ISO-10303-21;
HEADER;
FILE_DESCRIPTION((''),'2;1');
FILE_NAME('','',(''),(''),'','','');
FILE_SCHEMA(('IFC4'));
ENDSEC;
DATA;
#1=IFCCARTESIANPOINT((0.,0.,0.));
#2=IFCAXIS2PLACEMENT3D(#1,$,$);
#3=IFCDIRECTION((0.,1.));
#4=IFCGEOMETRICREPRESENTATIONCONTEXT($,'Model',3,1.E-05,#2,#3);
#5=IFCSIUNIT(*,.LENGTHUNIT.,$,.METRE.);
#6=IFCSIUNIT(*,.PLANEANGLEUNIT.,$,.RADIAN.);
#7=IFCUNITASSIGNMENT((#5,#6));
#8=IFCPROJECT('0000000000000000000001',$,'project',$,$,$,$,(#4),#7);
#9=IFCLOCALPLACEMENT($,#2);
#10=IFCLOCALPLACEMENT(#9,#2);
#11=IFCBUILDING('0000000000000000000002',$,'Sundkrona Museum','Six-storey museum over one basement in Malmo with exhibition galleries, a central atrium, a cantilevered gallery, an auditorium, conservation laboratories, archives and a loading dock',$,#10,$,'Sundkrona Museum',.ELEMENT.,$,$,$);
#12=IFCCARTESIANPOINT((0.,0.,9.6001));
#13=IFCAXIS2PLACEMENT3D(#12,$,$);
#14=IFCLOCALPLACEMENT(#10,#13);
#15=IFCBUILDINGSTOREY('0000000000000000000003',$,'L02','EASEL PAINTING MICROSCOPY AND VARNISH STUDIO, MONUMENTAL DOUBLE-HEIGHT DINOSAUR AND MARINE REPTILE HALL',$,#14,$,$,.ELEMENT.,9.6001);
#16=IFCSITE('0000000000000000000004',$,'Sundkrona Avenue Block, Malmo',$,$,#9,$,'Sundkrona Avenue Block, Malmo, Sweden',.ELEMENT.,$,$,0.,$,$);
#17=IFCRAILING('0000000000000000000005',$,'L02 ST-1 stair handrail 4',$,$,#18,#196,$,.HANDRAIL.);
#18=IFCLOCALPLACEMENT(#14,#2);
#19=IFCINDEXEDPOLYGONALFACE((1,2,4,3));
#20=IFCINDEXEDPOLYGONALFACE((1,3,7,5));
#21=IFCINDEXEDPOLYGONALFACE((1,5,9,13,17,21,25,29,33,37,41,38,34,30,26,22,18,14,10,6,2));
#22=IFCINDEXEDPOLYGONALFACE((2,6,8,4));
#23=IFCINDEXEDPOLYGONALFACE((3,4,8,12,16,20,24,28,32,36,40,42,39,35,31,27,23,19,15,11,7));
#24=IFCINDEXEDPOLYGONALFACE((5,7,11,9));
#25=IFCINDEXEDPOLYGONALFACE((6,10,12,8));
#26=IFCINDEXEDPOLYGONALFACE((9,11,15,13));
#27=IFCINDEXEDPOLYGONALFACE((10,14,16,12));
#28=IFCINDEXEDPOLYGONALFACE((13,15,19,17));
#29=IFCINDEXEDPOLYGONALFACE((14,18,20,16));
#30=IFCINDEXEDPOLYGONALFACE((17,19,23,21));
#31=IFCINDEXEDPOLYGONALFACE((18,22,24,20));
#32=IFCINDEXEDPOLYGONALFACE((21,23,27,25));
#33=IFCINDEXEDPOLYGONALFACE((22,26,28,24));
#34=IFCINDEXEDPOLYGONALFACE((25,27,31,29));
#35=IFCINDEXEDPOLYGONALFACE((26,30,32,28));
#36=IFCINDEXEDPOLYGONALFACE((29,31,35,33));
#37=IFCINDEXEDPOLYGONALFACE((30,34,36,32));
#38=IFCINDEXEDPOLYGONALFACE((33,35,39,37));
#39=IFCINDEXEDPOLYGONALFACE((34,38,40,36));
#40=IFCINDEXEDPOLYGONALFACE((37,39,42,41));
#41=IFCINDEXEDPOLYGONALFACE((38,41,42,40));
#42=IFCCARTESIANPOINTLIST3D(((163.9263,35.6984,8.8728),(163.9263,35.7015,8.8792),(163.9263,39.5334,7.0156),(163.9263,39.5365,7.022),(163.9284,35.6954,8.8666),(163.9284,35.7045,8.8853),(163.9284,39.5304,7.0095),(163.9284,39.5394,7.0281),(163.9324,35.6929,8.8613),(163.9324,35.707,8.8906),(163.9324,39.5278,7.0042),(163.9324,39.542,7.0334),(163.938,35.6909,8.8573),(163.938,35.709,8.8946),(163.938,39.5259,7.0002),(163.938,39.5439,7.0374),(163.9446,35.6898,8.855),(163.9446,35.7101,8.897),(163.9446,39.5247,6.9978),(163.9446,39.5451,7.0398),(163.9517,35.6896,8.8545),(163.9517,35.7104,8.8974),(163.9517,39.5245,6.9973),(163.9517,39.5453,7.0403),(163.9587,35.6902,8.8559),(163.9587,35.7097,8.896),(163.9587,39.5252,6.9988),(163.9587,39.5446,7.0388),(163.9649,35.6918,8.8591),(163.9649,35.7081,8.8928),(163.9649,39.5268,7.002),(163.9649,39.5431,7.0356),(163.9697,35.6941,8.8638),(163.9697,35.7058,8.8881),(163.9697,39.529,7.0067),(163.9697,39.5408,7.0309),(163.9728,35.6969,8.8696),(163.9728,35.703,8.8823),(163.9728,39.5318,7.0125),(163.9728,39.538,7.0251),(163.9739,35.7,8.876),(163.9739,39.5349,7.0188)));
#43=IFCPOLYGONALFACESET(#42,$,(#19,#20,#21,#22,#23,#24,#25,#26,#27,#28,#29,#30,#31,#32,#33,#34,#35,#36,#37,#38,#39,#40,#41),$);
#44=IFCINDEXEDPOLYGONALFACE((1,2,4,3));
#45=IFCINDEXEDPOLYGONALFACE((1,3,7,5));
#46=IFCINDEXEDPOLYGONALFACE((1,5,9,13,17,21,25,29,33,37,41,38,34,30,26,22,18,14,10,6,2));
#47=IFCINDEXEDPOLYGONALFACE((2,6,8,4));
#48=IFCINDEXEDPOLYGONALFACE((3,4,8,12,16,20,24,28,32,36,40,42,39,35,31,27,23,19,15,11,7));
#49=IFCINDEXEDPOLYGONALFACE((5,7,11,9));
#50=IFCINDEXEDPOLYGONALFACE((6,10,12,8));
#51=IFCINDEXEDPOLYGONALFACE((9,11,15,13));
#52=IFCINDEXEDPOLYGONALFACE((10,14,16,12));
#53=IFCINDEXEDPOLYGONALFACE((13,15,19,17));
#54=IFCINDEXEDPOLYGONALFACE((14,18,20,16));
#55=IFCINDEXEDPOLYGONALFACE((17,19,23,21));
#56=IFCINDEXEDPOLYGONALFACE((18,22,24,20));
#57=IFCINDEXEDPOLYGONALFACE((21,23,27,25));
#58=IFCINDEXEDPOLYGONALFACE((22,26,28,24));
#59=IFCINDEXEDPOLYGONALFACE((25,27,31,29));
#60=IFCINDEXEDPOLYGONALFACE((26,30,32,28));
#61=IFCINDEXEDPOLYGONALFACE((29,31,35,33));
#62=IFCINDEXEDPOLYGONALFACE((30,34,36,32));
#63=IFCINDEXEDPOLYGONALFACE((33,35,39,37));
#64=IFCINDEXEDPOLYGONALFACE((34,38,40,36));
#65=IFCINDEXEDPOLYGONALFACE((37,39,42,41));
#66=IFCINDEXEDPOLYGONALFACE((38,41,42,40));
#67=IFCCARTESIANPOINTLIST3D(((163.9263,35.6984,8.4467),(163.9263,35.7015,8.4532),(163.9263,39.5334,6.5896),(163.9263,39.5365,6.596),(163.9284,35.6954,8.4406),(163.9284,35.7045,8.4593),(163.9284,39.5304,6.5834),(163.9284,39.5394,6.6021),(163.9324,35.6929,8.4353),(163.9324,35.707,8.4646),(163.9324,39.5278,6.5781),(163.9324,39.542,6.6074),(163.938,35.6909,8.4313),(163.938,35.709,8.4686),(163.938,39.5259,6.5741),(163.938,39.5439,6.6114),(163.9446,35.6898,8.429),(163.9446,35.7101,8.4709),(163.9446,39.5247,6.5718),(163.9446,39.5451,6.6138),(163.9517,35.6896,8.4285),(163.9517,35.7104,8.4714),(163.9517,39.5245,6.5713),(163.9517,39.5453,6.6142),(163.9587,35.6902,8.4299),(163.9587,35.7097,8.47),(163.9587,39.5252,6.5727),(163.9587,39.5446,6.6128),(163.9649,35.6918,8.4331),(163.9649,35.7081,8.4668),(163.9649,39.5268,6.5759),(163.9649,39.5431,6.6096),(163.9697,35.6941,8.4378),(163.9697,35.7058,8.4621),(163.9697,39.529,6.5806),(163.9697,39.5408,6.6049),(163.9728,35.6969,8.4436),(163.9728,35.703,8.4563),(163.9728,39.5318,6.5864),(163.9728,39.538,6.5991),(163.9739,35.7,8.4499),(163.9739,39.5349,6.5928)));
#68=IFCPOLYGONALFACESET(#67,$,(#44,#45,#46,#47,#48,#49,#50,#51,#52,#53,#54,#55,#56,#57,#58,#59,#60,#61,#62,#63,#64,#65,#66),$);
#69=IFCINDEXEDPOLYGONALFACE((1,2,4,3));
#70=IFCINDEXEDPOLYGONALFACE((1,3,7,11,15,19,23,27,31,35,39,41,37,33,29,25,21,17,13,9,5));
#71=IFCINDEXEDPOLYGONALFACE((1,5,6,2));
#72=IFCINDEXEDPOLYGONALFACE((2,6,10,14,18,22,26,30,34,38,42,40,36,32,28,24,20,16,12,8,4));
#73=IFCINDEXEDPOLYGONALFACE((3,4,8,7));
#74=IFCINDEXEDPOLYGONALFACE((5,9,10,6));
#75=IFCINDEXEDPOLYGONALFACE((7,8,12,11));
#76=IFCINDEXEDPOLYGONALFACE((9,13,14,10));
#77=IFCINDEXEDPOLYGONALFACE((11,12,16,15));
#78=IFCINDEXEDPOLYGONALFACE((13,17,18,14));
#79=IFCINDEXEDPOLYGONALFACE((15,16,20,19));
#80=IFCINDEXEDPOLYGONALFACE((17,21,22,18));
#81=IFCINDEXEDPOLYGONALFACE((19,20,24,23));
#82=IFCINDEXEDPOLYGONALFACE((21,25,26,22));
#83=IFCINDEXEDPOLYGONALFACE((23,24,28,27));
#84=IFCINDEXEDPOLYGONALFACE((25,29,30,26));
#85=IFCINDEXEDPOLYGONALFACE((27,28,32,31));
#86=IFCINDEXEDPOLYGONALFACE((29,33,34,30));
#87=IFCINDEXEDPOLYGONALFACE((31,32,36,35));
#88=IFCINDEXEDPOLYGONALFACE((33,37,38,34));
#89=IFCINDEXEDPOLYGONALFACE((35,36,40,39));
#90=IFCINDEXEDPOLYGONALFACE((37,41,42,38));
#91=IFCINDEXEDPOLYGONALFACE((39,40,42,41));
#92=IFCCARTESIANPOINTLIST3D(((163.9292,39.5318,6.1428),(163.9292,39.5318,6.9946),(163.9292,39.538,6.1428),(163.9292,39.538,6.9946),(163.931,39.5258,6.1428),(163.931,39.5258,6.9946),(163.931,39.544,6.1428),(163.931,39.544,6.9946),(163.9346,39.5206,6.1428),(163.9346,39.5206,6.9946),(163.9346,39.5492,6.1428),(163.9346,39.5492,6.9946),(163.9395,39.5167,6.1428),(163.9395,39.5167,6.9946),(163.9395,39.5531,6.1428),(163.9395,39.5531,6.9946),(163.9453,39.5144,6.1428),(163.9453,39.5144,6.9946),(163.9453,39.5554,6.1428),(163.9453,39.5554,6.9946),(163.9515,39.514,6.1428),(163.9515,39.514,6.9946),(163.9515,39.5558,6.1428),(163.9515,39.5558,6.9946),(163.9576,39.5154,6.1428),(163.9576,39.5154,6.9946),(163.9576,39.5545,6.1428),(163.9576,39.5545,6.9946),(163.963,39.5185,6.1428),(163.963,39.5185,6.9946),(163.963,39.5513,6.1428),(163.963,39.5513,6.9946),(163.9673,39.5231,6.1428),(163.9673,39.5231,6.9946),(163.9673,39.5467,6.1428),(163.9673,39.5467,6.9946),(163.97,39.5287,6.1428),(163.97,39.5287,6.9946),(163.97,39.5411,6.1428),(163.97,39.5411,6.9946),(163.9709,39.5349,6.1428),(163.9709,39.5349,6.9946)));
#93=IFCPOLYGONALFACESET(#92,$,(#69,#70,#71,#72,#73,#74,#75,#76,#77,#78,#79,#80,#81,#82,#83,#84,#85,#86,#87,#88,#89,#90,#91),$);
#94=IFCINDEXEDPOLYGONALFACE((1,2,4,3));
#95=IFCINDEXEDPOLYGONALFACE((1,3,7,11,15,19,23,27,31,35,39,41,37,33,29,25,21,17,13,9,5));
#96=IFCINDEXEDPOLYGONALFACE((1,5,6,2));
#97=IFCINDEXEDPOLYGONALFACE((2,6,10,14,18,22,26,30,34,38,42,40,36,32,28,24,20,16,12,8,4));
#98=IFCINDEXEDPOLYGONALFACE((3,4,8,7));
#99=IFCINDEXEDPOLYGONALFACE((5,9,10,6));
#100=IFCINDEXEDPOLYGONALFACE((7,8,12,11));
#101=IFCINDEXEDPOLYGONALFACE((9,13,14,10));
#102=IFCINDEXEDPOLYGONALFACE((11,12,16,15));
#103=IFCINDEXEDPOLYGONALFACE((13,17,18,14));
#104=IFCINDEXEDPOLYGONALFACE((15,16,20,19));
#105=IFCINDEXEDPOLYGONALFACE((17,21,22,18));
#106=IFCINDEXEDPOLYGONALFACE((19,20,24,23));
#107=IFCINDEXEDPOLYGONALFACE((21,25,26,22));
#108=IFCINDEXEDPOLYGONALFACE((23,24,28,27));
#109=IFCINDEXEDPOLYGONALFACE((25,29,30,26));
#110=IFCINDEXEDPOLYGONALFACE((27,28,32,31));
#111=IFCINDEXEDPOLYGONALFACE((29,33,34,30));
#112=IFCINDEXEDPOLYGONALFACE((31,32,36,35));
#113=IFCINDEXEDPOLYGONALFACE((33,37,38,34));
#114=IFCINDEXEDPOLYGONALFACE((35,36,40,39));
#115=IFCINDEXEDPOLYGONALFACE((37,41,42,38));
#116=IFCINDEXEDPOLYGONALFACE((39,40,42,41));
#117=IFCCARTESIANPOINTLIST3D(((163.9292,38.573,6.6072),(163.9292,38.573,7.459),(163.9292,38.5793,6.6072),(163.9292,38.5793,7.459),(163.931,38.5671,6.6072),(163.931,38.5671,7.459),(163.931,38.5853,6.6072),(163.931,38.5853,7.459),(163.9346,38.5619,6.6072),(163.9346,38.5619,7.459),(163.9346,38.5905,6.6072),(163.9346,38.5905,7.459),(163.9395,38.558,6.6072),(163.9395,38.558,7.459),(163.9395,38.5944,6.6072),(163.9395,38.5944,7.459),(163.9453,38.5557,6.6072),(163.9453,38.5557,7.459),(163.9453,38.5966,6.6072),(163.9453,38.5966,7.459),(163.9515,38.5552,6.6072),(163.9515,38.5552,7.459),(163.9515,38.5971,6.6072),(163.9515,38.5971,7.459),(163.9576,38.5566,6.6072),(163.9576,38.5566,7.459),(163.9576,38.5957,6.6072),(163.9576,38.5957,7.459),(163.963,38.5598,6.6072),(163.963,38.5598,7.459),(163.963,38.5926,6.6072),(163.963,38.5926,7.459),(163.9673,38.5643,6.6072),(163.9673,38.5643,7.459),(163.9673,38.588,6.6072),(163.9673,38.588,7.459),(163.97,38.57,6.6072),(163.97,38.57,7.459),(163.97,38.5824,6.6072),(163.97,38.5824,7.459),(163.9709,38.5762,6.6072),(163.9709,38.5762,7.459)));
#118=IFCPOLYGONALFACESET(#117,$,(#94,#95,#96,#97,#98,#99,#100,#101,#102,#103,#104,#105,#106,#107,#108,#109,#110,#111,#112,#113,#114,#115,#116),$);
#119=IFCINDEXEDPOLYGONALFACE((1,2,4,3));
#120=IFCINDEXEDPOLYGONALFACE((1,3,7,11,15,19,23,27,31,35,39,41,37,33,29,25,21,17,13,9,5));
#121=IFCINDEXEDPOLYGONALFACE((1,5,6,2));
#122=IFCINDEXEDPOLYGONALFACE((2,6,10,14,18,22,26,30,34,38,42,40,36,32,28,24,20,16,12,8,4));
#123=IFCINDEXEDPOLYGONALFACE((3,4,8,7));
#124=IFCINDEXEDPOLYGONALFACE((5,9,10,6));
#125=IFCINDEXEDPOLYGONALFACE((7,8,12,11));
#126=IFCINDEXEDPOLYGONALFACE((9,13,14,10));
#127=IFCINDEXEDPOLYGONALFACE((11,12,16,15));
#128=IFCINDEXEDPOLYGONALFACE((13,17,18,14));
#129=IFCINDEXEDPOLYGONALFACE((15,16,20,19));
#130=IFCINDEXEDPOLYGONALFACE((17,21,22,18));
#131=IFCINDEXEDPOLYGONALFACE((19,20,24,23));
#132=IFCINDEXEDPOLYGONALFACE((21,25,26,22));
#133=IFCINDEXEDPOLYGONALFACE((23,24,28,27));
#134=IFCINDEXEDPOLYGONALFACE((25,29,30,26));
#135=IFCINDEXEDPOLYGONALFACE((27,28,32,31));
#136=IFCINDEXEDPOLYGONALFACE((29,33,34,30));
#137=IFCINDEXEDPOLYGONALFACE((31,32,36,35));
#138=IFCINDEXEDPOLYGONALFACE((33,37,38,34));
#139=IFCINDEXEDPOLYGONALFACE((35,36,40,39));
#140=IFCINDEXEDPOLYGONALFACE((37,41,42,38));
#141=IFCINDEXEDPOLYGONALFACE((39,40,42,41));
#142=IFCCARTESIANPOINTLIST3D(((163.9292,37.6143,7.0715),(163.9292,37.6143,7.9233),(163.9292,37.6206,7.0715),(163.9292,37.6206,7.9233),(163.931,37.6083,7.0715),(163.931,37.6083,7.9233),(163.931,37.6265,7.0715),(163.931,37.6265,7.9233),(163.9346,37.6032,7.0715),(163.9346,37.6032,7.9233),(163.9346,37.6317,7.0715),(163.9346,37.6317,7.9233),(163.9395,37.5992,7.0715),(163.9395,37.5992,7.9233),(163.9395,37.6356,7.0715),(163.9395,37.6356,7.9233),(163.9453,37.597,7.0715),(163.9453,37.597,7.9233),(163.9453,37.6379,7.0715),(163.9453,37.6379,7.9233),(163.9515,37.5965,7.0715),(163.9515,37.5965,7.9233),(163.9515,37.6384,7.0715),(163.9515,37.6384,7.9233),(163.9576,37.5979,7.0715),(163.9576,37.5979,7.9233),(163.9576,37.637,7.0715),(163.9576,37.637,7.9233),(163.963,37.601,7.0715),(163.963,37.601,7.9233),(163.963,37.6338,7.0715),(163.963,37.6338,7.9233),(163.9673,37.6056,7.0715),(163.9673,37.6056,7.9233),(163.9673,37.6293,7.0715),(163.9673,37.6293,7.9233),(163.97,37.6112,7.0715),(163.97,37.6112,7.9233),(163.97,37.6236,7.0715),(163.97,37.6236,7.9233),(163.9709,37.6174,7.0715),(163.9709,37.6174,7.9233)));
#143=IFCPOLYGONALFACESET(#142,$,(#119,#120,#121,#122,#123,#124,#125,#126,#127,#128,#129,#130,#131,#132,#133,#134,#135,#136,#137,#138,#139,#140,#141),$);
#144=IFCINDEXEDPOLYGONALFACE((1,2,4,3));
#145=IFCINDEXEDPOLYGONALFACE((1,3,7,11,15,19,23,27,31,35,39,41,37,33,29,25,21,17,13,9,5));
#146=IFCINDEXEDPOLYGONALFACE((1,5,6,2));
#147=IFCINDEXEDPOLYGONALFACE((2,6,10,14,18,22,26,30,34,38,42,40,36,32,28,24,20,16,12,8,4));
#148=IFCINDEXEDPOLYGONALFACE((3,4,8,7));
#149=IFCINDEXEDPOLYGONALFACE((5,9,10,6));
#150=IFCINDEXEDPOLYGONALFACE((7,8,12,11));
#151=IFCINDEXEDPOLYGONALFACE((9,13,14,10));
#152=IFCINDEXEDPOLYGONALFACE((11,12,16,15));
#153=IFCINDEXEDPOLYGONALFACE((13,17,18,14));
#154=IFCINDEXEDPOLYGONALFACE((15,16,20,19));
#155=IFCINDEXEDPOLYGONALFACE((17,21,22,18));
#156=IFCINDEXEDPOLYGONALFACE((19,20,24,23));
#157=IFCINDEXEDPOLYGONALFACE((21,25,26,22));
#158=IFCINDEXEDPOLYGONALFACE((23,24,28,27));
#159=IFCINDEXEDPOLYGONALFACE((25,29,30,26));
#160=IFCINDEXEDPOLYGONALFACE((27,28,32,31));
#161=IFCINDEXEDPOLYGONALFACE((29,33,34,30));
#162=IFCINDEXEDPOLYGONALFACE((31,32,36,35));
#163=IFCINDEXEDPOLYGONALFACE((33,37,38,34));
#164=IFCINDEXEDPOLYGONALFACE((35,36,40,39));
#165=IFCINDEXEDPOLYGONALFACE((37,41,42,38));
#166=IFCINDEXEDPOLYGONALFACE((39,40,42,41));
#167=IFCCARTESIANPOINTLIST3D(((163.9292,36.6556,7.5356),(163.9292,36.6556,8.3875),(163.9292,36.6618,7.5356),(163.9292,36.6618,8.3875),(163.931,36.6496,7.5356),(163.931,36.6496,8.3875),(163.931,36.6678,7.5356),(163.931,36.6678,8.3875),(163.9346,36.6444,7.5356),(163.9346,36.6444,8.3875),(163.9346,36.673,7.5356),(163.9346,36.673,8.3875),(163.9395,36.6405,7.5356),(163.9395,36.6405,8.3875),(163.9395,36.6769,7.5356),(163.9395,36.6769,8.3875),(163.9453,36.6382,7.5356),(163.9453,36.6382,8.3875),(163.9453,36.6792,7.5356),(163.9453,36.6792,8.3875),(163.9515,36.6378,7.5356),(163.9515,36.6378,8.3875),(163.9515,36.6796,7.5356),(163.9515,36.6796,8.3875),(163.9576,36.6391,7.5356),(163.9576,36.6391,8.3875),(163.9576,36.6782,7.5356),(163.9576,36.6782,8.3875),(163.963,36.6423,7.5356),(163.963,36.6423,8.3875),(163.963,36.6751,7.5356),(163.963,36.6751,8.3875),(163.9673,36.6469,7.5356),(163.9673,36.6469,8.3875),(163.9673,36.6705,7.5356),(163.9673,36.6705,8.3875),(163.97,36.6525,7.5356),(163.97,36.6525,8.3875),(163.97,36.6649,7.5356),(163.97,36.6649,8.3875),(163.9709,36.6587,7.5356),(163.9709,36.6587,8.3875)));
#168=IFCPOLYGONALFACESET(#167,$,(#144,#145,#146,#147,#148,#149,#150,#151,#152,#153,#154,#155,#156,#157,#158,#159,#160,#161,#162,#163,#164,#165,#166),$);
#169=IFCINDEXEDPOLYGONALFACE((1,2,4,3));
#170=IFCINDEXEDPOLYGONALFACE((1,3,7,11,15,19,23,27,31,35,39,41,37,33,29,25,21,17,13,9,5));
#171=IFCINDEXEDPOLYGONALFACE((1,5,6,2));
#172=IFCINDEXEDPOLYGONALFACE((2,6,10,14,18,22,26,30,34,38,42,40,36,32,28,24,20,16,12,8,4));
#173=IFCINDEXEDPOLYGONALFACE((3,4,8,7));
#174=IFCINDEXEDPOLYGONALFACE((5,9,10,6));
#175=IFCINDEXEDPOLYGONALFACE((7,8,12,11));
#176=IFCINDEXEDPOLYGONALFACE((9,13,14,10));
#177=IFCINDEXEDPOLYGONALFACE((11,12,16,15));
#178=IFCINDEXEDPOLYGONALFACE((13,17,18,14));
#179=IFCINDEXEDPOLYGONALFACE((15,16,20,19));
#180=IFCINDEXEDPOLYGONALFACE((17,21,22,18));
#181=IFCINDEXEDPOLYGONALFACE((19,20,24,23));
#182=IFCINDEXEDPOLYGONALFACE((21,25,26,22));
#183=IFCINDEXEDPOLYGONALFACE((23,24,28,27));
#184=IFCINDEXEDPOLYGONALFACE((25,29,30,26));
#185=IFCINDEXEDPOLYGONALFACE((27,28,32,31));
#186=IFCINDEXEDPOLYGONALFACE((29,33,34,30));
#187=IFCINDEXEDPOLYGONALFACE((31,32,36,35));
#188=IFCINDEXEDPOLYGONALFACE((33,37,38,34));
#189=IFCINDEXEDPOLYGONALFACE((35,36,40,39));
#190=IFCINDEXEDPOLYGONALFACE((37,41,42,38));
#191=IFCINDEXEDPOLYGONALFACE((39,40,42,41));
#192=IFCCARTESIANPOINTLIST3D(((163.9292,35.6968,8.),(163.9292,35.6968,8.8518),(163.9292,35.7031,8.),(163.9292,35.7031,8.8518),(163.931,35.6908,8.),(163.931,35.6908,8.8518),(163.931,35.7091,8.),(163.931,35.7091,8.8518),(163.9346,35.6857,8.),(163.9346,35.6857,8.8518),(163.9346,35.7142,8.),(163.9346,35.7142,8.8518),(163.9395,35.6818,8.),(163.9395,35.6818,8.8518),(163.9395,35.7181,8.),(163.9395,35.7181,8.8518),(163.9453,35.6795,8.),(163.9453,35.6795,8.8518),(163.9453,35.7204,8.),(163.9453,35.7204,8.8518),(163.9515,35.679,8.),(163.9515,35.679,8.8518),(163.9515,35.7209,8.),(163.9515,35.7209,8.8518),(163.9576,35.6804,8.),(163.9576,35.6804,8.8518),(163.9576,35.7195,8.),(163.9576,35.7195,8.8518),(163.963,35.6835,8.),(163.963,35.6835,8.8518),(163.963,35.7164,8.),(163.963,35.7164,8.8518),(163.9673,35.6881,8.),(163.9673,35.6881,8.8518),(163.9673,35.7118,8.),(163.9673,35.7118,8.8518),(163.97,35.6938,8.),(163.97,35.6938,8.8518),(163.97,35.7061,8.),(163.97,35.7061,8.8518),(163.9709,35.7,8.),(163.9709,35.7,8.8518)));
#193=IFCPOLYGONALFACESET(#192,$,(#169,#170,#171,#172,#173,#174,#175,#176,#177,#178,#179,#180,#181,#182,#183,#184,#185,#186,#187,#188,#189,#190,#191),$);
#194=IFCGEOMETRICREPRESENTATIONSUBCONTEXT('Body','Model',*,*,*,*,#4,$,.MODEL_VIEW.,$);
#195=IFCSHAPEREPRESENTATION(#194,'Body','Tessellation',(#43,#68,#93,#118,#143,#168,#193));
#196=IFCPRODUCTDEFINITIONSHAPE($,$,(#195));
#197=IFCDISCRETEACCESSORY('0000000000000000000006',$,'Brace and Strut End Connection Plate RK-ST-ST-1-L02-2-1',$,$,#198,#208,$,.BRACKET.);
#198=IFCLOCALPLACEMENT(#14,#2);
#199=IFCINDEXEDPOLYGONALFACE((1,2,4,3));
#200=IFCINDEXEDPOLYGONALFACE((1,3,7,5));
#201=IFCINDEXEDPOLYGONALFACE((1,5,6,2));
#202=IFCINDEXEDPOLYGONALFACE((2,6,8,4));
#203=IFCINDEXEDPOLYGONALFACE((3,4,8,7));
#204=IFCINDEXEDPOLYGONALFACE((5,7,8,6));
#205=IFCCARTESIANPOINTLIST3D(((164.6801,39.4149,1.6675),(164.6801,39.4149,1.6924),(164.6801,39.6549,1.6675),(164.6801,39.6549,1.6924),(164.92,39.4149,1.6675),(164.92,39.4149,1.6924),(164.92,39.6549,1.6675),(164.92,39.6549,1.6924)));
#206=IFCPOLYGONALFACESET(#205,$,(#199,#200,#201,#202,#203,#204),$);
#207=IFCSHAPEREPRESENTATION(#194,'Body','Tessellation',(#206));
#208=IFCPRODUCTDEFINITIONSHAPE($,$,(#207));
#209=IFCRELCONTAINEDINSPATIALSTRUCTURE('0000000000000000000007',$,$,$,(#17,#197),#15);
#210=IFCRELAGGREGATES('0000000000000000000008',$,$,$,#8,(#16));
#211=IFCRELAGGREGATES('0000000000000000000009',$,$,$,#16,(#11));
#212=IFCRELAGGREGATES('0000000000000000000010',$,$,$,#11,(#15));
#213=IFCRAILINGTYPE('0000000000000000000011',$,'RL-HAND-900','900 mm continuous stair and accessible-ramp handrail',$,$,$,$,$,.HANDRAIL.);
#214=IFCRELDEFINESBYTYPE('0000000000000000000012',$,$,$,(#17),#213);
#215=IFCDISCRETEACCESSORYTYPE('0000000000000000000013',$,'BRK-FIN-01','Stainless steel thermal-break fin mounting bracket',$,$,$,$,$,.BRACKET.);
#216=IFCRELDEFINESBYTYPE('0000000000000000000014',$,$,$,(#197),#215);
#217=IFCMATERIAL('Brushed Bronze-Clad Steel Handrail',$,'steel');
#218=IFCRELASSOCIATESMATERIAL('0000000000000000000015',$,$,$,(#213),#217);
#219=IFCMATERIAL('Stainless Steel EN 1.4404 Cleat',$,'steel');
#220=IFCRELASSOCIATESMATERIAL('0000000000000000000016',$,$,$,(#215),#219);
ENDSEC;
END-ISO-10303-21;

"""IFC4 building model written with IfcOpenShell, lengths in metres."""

from ifc_helpers import new_model, si_unit, direction, frame, origin, origin_2d, place, context, subcontext, project, spatial, rectangle, circle, extrude, material, type_object, element, save


model = new_model("IFC4")

# Units and contexts
model_context = context("Model", 3, precision=1e-05, world=origin(), true_north=direction((0.0, 1.0)))
body_context = subcontext(model_context, "Body", "Model", "MODEL_VIEW")
ifc_project = project(units=[si_unit("LENGTHUNIT", "METRE"), si_unit("PLANEANGLEUNIT", "RADIAN")], contexts=[model_context])

# Site, building, storey
site_placement = place(None, origin())
site = spatial("IfcSite", under=ifc_project, at=site_placement, Name="Sundkrona Avenue Block, Malmo", LongName="Sundkrona Avenue Block, Malmo, Sweden", CompositionType="ELEMENT", RefElevation=0.0)
building_placement = place(site_placement, origin())
building = spatial("IfcBuilding", under=site, at=building_placement, Name="Sundkrona Museum", Description="Six-storey museum over one basement in Malmo with exhibition galleries, a central atrium, a cantilevered gallery, an auditorium, conservation laboratories, archives and a loading dock", LongName="Sundkrona Museum", CompositionType="ELEMENT")
storey_placement = place(building_placement, frame((0.0, 0.0, 9.6001)))
storey = spatial("IfcBuildingStorey", under=building, at=storey_placement, Name="L02", Description="EASEL PAINTING MICROSCOPY AND VARNISH STUDIO, MONUMENTAL DOUBLE-HEIGHT DINOSAUR AND MARINE REPTILE HALL", CompositionType="ELEMENT", Elevation=9.6001)

# Railing
ifc_material_1 = material(Name="Brushed Bronze-Clad Steel Handrail", Category="steel")
railing_type_1 = type_object("IfcRailingType", Name="RL-HAND-900", Description="900 mm continuous stair and accessible-ramp handrail", PredefinedType="HANDRAIL", material=ifc_material_1)
for number, where, name in (
    (1, (163.95, 39.5349, 6.1428), "L02 ST-1 stair handrail 4"),
):
    element("IfcRailing", number, at=place(storey_placement, frame(where)), inside=storey, type_object=railing_type_1, Name=name, PredefinedType="HANDRAIL", context=body_context, shape_type="SweptSolid", body=[
        extrude(circle(Radius=0.0239, at=origin_2d()), frame((0.0, 0.0, 0.876), z_axis=(0.0, -0.900016, 0.435856), x_axis=(1.0, 0.0, 0.0)), (0.0, 0.0, 1.0), 4.261),
        extrude(circle(Radius=0.0239, at=origin_2d()), frame((0.0, 0.0, 0.45), z_axis=(0.0, -0.900016, 0.435856), x_axis=(1.0, 0.0, 0.0)), (0.0, 0.0, 1.0), 4.261),
        extrude(circle(Radius=0.021, at=origin_2d()), origin(), (0.0, 0.0, 1.0), 0.8518),
        extrude(circle(Radius=0.021, at=origin_2d()), frame((0.0, -0.9587, 0.4644)), (0.0, 0.0, 1.0), 0.8518),
        extrude(circle(Radius=0.021, at=origin_2d()), frame((0.0, -1.9175, 0.9287)), (0.0, 0.0, 1.0), 0.8518),
        extrude(circle(Radius=0.021, at=origin_2d()), frame((0.0, -2.8762, 1.3928)), (0.0, 0.0, 1.0), 0.8518),
        extrude(circle(Radius=0.021, at=origin_2d()), frame((0.0, -3.835, 1.8572)), (0.0, 0.0, 1.0), 0.8518),
    ])

# Discrete accessory
ifc_material_2 = material(Name="Stainless Steel EN 1.4404 Cleat", Category="steel")
discrete_accessory_type = type_object("IfcDiscreteAccessoryType", Name="BRK-FIN-01", Description="Stainless steel thermal-break fin mounting bracket", PredefinedType="BRACKET", material=ifc_material_2)
for number, where, z_axis, x_axis, name in (
    (2, (164.8, 39.5349, 1.6675), (0.0, 0.0, 1.0), (1.0, 0.0, 0.0), "Brace and Strut End Connection Plate RK-ST-ST-1-L02-2-1"),
):
    element("IfcDiscreteAccessory", number, at=place(storey_placement, frame(where, z_axis=z_axis, x_axis=x_axis)), inside=storey, type_object=discrete_accessory_type, Name=name, PredefinedType="BRACKET", context=body_context, shape_type="SweptSolid", body=[
        extrude(rectangle(XDim=0.24, YDim=0.24, at=origin_2d()), origin(), (0.0, 0.0, 1.0), 0.0249),
    ])

save(model, "model.ifc")
